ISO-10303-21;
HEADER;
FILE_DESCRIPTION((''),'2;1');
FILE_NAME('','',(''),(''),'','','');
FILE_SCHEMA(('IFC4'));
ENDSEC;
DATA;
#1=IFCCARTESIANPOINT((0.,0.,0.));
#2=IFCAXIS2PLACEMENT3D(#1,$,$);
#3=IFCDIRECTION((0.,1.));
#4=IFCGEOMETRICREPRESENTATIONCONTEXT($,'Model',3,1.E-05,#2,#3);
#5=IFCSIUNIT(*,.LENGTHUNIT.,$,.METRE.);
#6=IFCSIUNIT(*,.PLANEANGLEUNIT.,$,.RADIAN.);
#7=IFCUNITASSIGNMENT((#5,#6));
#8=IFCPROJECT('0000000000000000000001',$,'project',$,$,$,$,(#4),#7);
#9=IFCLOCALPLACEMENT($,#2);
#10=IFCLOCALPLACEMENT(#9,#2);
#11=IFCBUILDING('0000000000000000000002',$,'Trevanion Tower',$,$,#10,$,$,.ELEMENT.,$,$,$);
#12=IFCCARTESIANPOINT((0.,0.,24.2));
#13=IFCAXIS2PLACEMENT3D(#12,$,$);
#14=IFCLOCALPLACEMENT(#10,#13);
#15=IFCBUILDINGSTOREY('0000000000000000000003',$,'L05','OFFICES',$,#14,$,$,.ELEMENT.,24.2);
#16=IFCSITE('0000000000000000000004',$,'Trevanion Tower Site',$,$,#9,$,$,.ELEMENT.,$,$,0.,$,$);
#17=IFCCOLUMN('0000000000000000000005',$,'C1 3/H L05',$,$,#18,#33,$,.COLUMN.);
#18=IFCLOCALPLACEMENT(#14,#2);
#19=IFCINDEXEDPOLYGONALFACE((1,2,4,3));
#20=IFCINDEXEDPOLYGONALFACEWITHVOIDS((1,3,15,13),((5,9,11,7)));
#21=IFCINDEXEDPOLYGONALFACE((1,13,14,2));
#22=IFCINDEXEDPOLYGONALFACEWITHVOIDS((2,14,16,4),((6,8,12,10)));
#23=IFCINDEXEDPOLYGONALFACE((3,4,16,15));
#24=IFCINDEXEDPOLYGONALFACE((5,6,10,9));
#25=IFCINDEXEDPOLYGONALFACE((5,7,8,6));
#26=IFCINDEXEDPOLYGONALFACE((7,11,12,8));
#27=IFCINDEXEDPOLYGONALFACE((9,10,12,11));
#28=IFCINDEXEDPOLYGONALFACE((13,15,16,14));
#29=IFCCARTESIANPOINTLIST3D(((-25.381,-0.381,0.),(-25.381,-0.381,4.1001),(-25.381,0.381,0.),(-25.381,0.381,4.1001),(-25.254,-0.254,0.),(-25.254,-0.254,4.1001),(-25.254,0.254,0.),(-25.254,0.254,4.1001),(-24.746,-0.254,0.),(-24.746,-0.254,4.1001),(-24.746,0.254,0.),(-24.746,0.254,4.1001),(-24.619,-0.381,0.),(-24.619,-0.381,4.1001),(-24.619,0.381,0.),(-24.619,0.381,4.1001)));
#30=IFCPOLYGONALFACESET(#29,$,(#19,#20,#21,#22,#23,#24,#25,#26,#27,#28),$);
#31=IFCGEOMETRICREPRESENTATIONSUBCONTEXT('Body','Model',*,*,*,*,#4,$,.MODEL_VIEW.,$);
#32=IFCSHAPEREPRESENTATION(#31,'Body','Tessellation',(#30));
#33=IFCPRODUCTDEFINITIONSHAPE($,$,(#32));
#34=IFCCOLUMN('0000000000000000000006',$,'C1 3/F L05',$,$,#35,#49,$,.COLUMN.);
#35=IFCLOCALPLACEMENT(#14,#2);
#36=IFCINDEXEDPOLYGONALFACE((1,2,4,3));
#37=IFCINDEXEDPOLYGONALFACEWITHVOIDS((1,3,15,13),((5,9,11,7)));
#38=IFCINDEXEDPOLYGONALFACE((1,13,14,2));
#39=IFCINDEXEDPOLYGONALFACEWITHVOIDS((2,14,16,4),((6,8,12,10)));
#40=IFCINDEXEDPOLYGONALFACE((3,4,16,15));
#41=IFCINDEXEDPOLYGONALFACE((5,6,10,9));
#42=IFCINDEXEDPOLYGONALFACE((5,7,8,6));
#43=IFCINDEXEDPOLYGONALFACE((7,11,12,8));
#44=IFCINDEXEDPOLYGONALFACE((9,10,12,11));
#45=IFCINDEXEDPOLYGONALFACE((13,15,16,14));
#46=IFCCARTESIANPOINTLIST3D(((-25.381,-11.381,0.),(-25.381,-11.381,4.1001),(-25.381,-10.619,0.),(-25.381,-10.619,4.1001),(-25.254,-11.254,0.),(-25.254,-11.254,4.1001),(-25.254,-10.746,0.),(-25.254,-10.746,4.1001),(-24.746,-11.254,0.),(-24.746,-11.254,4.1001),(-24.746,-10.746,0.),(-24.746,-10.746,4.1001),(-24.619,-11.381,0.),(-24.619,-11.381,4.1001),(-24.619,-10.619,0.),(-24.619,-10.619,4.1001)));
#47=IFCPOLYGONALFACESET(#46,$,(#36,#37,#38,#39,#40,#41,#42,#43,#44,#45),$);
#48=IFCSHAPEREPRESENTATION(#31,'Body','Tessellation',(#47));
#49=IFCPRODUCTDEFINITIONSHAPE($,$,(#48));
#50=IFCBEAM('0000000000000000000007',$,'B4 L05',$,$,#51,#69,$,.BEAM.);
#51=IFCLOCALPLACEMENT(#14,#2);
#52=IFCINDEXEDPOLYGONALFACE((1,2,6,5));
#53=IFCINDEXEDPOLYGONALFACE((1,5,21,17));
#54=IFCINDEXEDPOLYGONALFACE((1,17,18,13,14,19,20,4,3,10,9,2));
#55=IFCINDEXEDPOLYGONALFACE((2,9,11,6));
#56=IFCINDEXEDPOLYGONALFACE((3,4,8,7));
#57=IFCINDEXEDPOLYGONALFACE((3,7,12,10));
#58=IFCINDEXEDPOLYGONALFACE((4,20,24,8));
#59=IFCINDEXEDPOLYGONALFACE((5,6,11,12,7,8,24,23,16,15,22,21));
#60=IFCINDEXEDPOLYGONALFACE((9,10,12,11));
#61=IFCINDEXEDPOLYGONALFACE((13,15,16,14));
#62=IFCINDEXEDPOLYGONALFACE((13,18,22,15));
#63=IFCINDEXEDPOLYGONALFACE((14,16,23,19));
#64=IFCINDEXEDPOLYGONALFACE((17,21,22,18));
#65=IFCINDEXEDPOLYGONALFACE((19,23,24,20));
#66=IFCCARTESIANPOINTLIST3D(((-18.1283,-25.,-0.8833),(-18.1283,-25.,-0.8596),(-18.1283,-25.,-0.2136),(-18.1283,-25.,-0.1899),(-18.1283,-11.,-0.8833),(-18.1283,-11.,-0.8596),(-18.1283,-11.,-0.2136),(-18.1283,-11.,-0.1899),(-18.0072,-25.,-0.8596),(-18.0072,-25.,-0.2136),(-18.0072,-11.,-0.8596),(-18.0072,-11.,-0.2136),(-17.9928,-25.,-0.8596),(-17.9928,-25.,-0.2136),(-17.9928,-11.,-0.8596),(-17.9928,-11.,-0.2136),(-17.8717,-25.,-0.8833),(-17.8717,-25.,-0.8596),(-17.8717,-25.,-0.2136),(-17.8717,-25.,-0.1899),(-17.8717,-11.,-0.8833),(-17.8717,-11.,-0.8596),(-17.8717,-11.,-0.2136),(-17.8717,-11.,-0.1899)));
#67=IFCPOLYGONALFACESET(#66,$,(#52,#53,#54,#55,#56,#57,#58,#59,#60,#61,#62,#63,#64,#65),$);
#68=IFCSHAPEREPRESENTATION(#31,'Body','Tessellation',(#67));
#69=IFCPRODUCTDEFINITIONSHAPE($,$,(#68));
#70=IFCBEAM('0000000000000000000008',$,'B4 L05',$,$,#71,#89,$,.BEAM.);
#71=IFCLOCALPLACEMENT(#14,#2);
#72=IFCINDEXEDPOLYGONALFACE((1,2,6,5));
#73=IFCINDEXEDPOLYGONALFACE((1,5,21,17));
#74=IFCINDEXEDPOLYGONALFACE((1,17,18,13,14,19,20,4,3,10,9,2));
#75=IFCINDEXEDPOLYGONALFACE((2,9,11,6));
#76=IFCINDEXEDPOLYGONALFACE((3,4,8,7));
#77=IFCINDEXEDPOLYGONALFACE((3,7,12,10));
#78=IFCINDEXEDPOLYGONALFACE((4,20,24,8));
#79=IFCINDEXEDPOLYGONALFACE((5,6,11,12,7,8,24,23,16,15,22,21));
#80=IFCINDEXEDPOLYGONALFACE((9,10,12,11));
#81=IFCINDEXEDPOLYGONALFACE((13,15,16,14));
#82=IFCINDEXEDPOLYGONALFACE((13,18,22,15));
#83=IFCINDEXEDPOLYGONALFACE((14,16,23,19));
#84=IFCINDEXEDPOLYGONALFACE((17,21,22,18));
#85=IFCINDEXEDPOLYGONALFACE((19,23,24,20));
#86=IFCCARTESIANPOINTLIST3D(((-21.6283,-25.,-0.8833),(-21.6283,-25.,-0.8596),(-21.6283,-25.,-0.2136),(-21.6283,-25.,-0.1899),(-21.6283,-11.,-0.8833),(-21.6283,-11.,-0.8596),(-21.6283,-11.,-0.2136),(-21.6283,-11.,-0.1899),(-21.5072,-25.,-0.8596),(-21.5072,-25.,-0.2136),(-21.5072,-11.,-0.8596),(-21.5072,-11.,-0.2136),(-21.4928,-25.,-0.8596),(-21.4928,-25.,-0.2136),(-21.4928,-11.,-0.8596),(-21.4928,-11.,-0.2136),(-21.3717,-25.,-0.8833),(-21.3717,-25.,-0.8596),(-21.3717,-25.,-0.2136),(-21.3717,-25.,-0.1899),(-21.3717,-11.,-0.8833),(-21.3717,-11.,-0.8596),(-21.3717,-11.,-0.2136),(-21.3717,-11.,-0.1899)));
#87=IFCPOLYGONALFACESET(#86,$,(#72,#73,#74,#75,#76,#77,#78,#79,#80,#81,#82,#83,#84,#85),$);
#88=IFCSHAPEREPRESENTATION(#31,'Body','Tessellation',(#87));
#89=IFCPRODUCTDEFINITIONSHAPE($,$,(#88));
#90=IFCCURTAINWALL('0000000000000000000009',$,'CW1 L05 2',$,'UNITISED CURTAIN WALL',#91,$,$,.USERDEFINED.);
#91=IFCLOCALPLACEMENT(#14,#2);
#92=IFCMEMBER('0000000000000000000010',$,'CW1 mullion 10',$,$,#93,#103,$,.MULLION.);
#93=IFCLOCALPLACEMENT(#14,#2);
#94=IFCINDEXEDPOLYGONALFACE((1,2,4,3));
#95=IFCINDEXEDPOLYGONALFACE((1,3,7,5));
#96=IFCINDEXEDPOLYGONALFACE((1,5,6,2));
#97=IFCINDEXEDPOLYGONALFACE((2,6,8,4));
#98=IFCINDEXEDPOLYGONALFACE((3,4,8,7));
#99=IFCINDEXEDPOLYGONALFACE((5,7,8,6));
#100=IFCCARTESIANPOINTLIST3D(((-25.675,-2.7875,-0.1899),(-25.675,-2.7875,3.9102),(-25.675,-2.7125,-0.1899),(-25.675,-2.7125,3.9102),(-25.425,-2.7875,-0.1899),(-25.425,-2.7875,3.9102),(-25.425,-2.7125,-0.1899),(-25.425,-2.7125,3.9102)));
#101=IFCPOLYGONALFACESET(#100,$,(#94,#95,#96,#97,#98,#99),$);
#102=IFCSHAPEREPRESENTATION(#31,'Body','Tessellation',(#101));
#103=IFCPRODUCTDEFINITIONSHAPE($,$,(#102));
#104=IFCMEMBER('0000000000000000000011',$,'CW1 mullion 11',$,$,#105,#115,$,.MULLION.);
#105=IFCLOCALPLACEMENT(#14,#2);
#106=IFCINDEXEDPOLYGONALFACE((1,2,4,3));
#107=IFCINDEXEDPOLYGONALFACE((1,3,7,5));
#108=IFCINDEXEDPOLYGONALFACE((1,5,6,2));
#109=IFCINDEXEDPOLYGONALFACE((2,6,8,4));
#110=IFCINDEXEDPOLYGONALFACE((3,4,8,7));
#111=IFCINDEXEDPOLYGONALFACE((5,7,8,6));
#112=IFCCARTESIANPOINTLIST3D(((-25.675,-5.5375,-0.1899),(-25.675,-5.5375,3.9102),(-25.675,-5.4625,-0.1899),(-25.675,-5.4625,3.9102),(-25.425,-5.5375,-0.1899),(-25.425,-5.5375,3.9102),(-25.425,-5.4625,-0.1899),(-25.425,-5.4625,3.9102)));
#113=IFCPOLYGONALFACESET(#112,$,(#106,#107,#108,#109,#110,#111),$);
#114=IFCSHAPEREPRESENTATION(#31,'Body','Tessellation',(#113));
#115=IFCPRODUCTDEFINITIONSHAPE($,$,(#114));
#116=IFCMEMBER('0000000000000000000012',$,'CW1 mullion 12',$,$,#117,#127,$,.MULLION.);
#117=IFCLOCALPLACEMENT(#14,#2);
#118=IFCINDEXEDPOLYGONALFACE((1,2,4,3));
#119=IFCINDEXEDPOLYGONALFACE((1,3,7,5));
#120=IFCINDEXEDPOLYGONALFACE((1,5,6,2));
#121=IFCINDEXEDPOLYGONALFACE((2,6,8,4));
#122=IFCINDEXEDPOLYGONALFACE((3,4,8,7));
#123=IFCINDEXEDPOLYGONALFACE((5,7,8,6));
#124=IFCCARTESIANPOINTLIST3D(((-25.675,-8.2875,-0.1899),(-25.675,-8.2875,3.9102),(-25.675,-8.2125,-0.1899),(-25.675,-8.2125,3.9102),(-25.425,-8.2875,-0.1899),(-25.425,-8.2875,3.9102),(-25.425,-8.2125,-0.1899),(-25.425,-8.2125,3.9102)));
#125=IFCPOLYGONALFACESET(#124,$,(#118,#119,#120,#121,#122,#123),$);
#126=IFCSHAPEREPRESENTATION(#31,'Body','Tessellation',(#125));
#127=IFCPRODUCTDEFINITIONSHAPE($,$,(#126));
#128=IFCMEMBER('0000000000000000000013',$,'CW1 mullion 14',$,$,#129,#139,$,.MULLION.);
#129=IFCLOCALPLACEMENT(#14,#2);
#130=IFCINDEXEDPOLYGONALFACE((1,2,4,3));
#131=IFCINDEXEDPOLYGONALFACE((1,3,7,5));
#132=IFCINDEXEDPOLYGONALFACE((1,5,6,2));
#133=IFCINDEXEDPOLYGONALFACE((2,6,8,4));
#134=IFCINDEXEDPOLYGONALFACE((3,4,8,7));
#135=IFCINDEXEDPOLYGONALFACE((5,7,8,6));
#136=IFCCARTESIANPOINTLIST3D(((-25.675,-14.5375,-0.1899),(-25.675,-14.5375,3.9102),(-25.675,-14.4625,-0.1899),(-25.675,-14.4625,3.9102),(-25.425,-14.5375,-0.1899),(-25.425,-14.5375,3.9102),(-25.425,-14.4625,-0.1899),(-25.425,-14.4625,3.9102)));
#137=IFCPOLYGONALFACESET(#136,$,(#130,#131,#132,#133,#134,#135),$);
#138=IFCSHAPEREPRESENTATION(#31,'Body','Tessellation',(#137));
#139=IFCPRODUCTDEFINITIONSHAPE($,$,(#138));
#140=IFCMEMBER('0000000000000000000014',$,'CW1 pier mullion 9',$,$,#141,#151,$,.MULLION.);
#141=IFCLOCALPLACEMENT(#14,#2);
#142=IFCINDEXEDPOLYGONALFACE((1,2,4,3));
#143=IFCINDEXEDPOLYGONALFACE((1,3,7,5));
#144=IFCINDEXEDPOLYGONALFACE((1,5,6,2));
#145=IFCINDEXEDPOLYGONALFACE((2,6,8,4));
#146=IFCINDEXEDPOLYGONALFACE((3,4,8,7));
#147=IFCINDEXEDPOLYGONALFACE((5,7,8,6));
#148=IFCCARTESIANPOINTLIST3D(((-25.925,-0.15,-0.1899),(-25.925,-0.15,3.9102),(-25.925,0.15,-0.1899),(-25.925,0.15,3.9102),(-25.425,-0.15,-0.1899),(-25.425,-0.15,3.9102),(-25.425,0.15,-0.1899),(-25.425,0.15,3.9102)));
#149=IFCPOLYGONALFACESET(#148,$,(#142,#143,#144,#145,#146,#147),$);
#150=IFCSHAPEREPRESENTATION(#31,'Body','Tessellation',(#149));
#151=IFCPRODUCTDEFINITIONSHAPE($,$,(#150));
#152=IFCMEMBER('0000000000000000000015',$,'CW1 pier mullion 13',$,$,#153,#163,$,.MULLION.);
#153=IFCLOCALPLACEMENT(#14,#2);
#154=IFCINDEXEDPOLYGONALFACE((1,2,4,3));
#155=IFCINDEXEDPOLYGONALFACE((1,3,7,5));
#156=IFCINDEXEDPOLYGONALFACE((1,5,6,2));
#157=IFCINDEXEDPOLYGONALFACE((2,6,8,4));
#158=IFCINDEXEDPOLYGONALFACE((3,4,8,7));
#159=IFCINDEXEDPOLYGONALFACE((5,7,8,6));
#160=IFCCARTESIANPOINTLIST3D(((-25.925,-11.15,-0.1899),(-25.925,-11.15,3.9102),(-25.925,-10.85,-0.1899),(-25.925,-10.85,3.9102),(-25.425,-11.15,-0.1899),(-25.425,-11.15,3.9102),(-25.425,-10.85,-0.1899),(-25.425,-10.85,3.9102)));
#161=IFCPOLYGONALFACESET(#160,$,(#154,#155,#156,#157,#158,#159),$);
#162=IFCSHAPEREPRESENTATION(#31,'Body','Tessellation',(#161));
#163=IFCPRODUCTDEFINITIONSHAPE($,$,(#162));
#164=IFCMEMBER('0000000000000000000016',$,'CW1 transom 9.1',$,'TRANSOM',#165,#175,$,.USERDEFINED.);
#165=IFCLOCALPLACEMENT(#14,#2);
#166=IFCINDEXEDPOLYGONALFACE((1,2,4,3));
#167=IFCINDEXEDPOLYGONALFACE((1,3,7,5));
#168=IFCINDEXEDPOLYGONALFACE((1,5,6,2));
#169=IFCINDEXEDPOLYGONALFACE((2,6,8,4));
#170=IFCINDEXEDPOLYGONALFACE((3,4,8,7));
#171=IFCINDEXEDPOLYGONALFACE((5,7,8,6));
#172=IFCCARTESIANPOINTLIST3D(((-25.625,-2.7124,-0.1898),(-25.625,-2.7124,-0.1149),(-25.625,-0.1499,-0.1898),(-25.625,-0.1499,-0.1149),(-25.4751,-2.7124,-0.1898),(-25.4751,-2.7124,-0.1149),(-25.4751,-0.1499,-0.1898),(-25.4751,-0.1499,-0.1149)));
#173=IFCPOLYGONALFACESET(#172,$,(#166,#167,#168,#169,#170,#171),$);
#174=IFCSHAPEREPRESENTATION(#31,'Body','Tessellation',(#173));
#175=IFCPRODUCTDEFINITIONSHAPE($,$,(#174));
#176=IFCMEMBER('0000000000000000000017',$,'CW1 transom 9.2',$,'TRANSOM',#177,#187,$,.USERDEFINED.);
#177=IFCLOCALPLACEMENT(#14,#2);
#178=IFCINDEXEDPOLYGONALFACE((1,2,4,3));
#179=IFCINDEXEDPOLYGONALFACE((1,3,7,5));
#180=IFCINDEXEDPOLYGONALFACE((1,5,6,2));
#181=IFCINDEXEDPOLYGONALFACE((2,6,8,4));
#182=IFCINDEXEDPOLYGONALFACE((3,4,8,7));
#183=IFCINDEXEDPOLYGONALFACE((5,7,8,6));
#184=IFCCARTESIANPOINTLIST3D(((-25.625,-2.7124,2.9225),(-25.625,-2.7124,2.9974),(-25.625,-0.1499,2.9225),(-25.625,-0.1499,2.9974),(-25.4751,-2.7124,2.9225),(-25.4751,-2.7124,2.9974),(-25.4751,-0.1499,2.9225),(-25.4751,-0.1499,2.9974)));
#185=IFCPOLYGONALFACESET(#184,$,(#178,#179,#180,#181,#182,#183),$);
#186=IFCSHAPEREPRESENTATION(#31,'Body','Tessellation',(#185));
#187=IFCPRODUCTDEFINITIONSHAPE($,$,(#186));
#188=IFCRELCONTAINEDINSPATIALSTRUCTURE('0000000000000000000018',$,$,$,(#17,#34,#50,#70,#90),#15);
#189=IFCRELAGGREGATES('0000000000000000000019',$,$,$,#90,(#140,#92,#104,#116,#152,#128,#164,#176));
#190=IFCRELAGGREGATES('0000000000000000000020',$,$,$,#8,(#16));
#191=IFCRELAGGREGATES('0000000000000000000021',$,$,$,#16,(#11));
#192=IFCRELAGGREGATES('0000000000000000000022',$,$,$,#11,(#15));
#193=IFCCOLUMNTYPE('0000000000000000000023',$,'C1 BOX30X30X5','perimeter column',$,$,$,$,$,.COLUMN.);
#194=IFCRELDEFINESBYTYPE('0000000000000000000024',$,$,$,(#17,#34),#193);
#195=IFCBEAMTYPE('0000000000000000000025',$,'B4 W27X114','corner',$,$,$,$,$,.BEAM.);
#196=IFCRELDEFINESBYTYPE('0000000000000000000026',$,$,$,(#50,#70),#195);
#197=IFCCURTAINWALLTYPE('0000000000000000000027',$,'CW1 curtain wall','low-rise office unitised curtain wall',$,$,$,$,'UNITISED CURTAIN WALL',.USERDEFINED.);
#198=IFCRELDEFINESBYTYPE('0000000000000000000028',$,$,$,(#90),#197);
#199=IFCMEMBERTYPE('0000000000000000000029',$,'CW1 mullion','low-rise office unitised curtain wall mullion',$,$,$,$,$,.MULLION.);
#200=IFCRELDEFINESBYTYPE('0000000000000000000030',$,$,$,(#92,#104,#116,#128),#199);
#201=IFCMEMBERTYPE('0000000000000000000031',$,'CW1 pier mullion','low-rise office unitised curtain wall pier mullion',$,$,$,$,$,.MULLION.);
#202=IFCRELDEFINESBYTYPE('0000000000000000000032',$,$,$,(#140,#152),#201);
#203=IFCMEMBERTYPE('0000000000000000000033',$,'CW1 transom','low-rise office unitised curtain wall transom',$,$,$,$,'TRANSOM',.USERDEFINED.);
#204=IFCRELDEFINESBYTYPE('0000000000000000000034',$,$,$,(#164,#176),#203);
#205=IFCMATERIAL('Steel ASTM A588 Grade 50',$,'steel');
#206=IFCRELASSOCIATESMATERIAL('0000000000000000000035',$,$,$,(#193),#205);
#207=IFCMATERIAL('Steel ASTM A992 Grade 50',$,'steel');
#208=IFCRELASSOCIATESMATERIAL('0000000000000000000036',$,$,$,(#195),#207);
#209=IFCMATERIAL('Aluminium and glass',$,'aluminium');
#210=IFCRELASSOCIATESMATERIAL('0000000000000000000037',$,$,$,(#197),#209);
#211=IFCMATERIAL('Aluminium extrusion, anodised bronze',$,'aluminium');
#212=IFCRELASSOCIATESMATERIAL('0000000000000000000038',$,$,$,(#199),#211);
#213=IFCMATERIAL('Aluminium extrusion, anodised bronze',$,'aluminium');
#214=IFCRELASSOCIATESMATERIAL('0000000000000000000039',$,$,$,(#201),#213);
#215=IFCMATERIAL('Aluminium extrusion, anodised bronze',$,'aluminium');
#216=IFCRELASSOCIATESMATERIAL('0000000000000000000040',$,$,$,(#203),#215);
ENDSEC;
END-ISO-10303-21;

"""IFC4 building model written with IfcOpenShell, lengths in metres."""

from ifc_helpers import new_model, si_unit, direction, frame, origin, origin_2d, place, context, subcontext, project, spatial, rectangle, hollow_rectangle, i_section, extrude, material, material_profile, profile_set, type_object, element, aggregate, save


model = new_model("IFC4")

# Units and contexts
model_context = context("Model", 3, precision=1e-05, world=origin(), true_north=direction((0.0, 1.0)))
body_context = subcontext(model_context, "Body", "Model", "MODEL_VIEW")
ifc_project = project(units=[si_unit("LENGTHUNIT", "METRE"), si_unit("PLANEANGLEUNIT", "RADIAN")], contexts=[model_context])

# Site, building, storey
site_placement = place(None, origin())
site = spatial("IfcSite", under=ifc_project, at=site_placement, Name="Trevanion Tower Site", CompositionType="ELEMENT", RefElevation=0.0)
building_placement = place(site_placement, origin())
building = spatial("IfcBuilding", under=site, at=building_placement, Name="Trevanion Tower", CompositionType="ELEMENT")
storey_placement = place(building_placement, frame((0.0, 0.0, 24.2)))
storey = spatial("IfcBuildingStorey", under=building, at=storey_placement, Name="L05", Description="OFFICES", CompositionType="ELEMENT", Elevation=24.2)

# Columns
ifc_material_1 = material(Name="Steel ASTM A588 Grade 50", Category="steel")
ifc_material_profile_1 = material_profile(ifc_material_1, hollow_rectangle(XDim=0.762, YDim=0.762, WallThickness=0.127, at=origin_2d()), Name="BOX30X30X5")
ifc_profile_set_1 = profile_set([ifc_material_profile_1], Name="Steel ASTM A588 Grade 50")
column_type = type_object("IfcColumnType", Name="C1 BOX30X30X5", Description="perimeter column", PredefinedType="COLUMN", material=ifc_profile_set_1)
for number, where, z_axis, x_axis, name in (
    (1, (-25.0, 0.0, 0.0), (0.0, 0.0, 1.0), (0.0, 1.0, 0.0), "C1 3/H L05"),
    (2, (-25.0, -11.0, 0.0), (0.0, 0.0, 1.0), (0.0, 1.0, 0.0), "C1 3/F L05"),
):
    element("IfcColumn", number, at=place(storey_placement, frame(where, z_axis=z_axis, x_axis=x_axis)), inside=storey, type_object=column_type, Name=name, PredefinedType="COLUMN", context=body_context, shape_type="SweptSolid", body=[
        extrude(hollow_rectangle(XDim=0.762, YDim=0.762, WallThickness=0.127, at=origin_2d()), origin(), (0.0, 0.0, 1.0), 4.1001),
    ])

# Beams
ifc_material_2 = material(Name="Steel ASTM A992 Grade 50", Category="steel")
ifc_material_profile_2 = material_profile(ifc_material_2, i_section(OverallWidth=0.2566, OverallDepth=0.6934, WebThickness=0.0144, FlangeThickness=0.0237, at=origin_2d()), Name="W27X114")
ifc_profile_set_2 = profile_set([ifc_material_profile_2], Name="Steel ASTM A992 Grade 50")
beam_type_1 = type_object("IfcBeamType", Name="B4 W27X114", Description="corner", PredefinedType="BEAM", material=ifc_profile_set_2)
for number, where, z_axis, x_axis, name in (
    (3, (-18.0, -11.0, -0.5366), (0.0, -1.0, 0.0), (1.0, 0.0, 0.0), "B4 L05"),
    (4, (-21.5, -11.0, -0.5366), (0.0, -1.0, 0.0), (1.0, 0.0, 0.0), "B4 L05"),
):
    element("IfcBeam", number, at=place(storey_placement, frame(where, z_axis=z_axis, x_axis=x_axis)), inside=storey, type_object=beam_type_1, Name=name, PredefinedType="BEAM", context=body_context, shape_type="SweptSolid", body=[
        extrude(i_section(OverallWidth=0.2566, OverallDepth=0.6934, WebThickness=0.0144, FlangeThickness=0.0237, at=origin_2d()), origin(), (0.0, 0.0, 1.0), 14.0),
    ])

# Curtain wall, members
ifc_material_3 = material(Name="Aluminium and glass", Category="aluminium")
curtain_wall_type = type_object("IfcCurtainWallType", Name="CW1 curtain wall", Description="low-rise office unitised curtain wall", ElementType="UNITISED CURTAIN WALL", PredefinedType="USERDEFINED", material=ifc_material_3)
curtain_wall_placement = place(storey_placement, origin())
curtain_wall = element("IfcCurtainWall", 5, at=curtain_wall_placement, inside=storey, type_object=curtain_wall_type, Name="CW1 L05 2", ObjectType="UNITISED CURTAIN WALL", PredefinedType="USERDEFINED")
ifc_material_4 = material(Name="Aluminium extrusion, anodised bronze", Category="aluminium")
ifc_material_profile_3 = material_profile(ifc_material_4, rectangle(XDim=0.075, YDim=0.25, at=origin_2d()), Name="CW1 mullion")
ifc_profile_set_3 = profile_set([ifc_material_profile_3], Name="Aluminium extrusion, anodised bronze")
member_type_1 = type_object("IfcMemberType", Name="CW1 mullion", Description="low-rise office unitised curtain wall mullion", PredefinedType="MULLION", material=ifc_profile_set_3)
member_1_placement = place(storey_placement, frame((-25.55, -2.75, -0.1899), z_axis=(0.0, 0.0, 1.0), x_axis=(0.0, -1.0, 0.0)))
member_1 = element("IfcMember", 6, at=member_1_placement, type_object=member_type_1, Name="CW1 mullion 10", PredefinedType="MULLION", context=body_context, shape_type="SweptSolid", body=[
    extrude(rectangle(XDim=0.075, YDim=0.25, at=origin_2d()), origin(), (0.0, 0.0, 1.0), 4.1001),
])
member_2_placement = place(storey_placement, frame((-25.55, -5.5, -0.1899), z_axis=(0.0, 0.0, 1.0), x_axis=(0.0, -1.0, 0.0)))
member_2 = element("IfcMember", 7, at=member_2_placement, type_object=member_type_1, Name="CW1 mullion 11", PredefinedType="MULLION", context=body_context, shape_type="SweptSolid", body=[
    extrude(rectangle(XDim=0.075, YDim=0.25, at=origin_2d()), origin(), (0.0, 0.0, 1.0), 4.1001),
])
member_3_placement = place(storey_placement, frame((-25.55, -8.25, -0.1899), z_axis=(0.0, 0.0, 1.0), x_axis=(0.0, -1.0, 0.0)))
member_3 = element("IfcMember", 8, at=member_3_placement, type_object=member_type_1, Name="CW1 mullion 12", PredefinedType="MULLION", context=body_context, shape_type="SweptSolid", body=[
    extrude(rectangle(XDim=0.075, YDim=0.25, at=origin_2d()), origin(), (0.0, 0.0, 1.0), 4.1001),
])
member_4_placement = place(storey_placement, frame((-25.55, -14.5, -0.1899), z_axis=(0.0, 0.0, 1.0), x_axis=(0.0, -1.0, 0.0)))
member_4 = element("IfcMember", 9, at=member_4_placement, type_object=member_type_1, Name="CW1 mullion 14", PredefinedType="MULLION", context=body_context, shape_type="SweptSolid", body=[
    extrude(rectangle(XDim=0.075, YDim=0.25, at=origin_2d()), origin(), (0.0, 0.0, 1.0), 4.1001),
])
ifc_material_5 = material(Name="Aluminium extrusion, anodised bronze", Category="aluminium")
ifc_material_profile_4 = material_profile(ifc_material_5, rectangle(XDim=0.3, YDim=0.5, at=origin_2d()), Name="CW1 pier mullion")
ifc_profile_set_4 = profile_set([ifc_material_profile_4], Name="Aluminium extrusion, anodised bronze")
member_type_2 = type_object("IfcMemberType", Name="CW1 pier mullion", Description="low-rise office unitised curtain wall pier mullion", PredefinedType="MULLION", material=ifc_profile_set_4)
member_5_placement = place(storey_placement, frame((-25.675, 0.0, -0.1899), z_axis=(0.0, 0.0, 1.0), x_axis=(0.0, -1.0, 0.0)))
member_5 = element("IfcMember", 10, at=member_5_placement, type_object=member_type_2, Name="CW1 pier mullion 9", PredefinedType="MULLION", context=body_context, shape_type="SweptSolid", body=[
    extrude(rectangle(XDim=0.3, YDim=0.5, at=origin_2d()), origin(), (0.0, 0.0, 1.0), 4.1001),
])
member_6_placement = place(storey_placement, frame((-25.675, -11.0, -0.1899), z_axis=(0.0, 0.0, 1.0), x_axis=(0.0, -1.0, 0.0)))
member_6 = element("IfcMember", 11, at=member_6_placement, type_object=member_type_2, Name="CW1 pier mullion 13", PredefinedType="MULLION", context=body_context, shape_type="SweptSolid", body=[
    extrude(rectangle(XDim=0.3, YDim=0.5, at=origin_2d()), origin(), (0.0, 0.0, 1.0), 4.1001),
])
ifc_material_6 = material(Name="Aluminium extrusion, anodised bronze", Category="aluminium")
ifc_material_profile_5 = material_profile(ifc_material_6, rectangle(XDim=0.1499, YDim=0.075, at=origin_2d()), Name="CW1 transom")
ifc_profile_set_5 = profile_set([ifc_material_profile_5], Name="Aluminium extrusion, anodised bronze")
member_type_3 = type_object("IfcMemberType", Name="CW1 transom", Description="low-rise office unitised curtain wall transom", ElementType="TRANSOM", PredefinedType="USERDEFINED", material=ifc_profile_set_5)
member_7_placement = place(storey_placement, frame((-25.55, -0.1499, -0.1523), z_axis=(0.0, -1.0, 0.0), x_axis=(1.0, 0.0, 0.0)))
member_7 = element("IfcMember", 12, at=member_7_placement, type_object=member_type_3, Name="CW1 transom 9.1", ObjectType="TRANSOM", PredefinedType="USERDEFINED", context=body_context, shape_type="SweptSolid", body=[
    extrude(rectangle(XDim=0.1499, YDim=0.075, at=origin_2d()), origin(), (0.0, 0.0, 1.0), 2.5625),
])
member_8_placement = place(storey_placement, frame((-25.55, -0.1499, 2.96), z_axis=(0.0, -1.0, 0.0), x_axis=(1.0, 0.0, 0.0)))
member_8 = element("IfcMember", 13, at=member_8_placement, type_object=member_type_3, Name="CW1 transom 9.2", ObjectType="TRANSOM", PredefinedType="USERDEFINED", context=body_context, shape_type="SweptSolid", body=[
    extrude(rectangle(XDim=0.1499, YDim=0.075, at=origin_2d()), origin(), (0.0, 0.0, 1.0), 2.5625),
])

aggregate(curtain_wall, [member_5, member_1, member_2, member_3, member_6, member_4, member_7, member_8])

save(model, "model.ifc")
